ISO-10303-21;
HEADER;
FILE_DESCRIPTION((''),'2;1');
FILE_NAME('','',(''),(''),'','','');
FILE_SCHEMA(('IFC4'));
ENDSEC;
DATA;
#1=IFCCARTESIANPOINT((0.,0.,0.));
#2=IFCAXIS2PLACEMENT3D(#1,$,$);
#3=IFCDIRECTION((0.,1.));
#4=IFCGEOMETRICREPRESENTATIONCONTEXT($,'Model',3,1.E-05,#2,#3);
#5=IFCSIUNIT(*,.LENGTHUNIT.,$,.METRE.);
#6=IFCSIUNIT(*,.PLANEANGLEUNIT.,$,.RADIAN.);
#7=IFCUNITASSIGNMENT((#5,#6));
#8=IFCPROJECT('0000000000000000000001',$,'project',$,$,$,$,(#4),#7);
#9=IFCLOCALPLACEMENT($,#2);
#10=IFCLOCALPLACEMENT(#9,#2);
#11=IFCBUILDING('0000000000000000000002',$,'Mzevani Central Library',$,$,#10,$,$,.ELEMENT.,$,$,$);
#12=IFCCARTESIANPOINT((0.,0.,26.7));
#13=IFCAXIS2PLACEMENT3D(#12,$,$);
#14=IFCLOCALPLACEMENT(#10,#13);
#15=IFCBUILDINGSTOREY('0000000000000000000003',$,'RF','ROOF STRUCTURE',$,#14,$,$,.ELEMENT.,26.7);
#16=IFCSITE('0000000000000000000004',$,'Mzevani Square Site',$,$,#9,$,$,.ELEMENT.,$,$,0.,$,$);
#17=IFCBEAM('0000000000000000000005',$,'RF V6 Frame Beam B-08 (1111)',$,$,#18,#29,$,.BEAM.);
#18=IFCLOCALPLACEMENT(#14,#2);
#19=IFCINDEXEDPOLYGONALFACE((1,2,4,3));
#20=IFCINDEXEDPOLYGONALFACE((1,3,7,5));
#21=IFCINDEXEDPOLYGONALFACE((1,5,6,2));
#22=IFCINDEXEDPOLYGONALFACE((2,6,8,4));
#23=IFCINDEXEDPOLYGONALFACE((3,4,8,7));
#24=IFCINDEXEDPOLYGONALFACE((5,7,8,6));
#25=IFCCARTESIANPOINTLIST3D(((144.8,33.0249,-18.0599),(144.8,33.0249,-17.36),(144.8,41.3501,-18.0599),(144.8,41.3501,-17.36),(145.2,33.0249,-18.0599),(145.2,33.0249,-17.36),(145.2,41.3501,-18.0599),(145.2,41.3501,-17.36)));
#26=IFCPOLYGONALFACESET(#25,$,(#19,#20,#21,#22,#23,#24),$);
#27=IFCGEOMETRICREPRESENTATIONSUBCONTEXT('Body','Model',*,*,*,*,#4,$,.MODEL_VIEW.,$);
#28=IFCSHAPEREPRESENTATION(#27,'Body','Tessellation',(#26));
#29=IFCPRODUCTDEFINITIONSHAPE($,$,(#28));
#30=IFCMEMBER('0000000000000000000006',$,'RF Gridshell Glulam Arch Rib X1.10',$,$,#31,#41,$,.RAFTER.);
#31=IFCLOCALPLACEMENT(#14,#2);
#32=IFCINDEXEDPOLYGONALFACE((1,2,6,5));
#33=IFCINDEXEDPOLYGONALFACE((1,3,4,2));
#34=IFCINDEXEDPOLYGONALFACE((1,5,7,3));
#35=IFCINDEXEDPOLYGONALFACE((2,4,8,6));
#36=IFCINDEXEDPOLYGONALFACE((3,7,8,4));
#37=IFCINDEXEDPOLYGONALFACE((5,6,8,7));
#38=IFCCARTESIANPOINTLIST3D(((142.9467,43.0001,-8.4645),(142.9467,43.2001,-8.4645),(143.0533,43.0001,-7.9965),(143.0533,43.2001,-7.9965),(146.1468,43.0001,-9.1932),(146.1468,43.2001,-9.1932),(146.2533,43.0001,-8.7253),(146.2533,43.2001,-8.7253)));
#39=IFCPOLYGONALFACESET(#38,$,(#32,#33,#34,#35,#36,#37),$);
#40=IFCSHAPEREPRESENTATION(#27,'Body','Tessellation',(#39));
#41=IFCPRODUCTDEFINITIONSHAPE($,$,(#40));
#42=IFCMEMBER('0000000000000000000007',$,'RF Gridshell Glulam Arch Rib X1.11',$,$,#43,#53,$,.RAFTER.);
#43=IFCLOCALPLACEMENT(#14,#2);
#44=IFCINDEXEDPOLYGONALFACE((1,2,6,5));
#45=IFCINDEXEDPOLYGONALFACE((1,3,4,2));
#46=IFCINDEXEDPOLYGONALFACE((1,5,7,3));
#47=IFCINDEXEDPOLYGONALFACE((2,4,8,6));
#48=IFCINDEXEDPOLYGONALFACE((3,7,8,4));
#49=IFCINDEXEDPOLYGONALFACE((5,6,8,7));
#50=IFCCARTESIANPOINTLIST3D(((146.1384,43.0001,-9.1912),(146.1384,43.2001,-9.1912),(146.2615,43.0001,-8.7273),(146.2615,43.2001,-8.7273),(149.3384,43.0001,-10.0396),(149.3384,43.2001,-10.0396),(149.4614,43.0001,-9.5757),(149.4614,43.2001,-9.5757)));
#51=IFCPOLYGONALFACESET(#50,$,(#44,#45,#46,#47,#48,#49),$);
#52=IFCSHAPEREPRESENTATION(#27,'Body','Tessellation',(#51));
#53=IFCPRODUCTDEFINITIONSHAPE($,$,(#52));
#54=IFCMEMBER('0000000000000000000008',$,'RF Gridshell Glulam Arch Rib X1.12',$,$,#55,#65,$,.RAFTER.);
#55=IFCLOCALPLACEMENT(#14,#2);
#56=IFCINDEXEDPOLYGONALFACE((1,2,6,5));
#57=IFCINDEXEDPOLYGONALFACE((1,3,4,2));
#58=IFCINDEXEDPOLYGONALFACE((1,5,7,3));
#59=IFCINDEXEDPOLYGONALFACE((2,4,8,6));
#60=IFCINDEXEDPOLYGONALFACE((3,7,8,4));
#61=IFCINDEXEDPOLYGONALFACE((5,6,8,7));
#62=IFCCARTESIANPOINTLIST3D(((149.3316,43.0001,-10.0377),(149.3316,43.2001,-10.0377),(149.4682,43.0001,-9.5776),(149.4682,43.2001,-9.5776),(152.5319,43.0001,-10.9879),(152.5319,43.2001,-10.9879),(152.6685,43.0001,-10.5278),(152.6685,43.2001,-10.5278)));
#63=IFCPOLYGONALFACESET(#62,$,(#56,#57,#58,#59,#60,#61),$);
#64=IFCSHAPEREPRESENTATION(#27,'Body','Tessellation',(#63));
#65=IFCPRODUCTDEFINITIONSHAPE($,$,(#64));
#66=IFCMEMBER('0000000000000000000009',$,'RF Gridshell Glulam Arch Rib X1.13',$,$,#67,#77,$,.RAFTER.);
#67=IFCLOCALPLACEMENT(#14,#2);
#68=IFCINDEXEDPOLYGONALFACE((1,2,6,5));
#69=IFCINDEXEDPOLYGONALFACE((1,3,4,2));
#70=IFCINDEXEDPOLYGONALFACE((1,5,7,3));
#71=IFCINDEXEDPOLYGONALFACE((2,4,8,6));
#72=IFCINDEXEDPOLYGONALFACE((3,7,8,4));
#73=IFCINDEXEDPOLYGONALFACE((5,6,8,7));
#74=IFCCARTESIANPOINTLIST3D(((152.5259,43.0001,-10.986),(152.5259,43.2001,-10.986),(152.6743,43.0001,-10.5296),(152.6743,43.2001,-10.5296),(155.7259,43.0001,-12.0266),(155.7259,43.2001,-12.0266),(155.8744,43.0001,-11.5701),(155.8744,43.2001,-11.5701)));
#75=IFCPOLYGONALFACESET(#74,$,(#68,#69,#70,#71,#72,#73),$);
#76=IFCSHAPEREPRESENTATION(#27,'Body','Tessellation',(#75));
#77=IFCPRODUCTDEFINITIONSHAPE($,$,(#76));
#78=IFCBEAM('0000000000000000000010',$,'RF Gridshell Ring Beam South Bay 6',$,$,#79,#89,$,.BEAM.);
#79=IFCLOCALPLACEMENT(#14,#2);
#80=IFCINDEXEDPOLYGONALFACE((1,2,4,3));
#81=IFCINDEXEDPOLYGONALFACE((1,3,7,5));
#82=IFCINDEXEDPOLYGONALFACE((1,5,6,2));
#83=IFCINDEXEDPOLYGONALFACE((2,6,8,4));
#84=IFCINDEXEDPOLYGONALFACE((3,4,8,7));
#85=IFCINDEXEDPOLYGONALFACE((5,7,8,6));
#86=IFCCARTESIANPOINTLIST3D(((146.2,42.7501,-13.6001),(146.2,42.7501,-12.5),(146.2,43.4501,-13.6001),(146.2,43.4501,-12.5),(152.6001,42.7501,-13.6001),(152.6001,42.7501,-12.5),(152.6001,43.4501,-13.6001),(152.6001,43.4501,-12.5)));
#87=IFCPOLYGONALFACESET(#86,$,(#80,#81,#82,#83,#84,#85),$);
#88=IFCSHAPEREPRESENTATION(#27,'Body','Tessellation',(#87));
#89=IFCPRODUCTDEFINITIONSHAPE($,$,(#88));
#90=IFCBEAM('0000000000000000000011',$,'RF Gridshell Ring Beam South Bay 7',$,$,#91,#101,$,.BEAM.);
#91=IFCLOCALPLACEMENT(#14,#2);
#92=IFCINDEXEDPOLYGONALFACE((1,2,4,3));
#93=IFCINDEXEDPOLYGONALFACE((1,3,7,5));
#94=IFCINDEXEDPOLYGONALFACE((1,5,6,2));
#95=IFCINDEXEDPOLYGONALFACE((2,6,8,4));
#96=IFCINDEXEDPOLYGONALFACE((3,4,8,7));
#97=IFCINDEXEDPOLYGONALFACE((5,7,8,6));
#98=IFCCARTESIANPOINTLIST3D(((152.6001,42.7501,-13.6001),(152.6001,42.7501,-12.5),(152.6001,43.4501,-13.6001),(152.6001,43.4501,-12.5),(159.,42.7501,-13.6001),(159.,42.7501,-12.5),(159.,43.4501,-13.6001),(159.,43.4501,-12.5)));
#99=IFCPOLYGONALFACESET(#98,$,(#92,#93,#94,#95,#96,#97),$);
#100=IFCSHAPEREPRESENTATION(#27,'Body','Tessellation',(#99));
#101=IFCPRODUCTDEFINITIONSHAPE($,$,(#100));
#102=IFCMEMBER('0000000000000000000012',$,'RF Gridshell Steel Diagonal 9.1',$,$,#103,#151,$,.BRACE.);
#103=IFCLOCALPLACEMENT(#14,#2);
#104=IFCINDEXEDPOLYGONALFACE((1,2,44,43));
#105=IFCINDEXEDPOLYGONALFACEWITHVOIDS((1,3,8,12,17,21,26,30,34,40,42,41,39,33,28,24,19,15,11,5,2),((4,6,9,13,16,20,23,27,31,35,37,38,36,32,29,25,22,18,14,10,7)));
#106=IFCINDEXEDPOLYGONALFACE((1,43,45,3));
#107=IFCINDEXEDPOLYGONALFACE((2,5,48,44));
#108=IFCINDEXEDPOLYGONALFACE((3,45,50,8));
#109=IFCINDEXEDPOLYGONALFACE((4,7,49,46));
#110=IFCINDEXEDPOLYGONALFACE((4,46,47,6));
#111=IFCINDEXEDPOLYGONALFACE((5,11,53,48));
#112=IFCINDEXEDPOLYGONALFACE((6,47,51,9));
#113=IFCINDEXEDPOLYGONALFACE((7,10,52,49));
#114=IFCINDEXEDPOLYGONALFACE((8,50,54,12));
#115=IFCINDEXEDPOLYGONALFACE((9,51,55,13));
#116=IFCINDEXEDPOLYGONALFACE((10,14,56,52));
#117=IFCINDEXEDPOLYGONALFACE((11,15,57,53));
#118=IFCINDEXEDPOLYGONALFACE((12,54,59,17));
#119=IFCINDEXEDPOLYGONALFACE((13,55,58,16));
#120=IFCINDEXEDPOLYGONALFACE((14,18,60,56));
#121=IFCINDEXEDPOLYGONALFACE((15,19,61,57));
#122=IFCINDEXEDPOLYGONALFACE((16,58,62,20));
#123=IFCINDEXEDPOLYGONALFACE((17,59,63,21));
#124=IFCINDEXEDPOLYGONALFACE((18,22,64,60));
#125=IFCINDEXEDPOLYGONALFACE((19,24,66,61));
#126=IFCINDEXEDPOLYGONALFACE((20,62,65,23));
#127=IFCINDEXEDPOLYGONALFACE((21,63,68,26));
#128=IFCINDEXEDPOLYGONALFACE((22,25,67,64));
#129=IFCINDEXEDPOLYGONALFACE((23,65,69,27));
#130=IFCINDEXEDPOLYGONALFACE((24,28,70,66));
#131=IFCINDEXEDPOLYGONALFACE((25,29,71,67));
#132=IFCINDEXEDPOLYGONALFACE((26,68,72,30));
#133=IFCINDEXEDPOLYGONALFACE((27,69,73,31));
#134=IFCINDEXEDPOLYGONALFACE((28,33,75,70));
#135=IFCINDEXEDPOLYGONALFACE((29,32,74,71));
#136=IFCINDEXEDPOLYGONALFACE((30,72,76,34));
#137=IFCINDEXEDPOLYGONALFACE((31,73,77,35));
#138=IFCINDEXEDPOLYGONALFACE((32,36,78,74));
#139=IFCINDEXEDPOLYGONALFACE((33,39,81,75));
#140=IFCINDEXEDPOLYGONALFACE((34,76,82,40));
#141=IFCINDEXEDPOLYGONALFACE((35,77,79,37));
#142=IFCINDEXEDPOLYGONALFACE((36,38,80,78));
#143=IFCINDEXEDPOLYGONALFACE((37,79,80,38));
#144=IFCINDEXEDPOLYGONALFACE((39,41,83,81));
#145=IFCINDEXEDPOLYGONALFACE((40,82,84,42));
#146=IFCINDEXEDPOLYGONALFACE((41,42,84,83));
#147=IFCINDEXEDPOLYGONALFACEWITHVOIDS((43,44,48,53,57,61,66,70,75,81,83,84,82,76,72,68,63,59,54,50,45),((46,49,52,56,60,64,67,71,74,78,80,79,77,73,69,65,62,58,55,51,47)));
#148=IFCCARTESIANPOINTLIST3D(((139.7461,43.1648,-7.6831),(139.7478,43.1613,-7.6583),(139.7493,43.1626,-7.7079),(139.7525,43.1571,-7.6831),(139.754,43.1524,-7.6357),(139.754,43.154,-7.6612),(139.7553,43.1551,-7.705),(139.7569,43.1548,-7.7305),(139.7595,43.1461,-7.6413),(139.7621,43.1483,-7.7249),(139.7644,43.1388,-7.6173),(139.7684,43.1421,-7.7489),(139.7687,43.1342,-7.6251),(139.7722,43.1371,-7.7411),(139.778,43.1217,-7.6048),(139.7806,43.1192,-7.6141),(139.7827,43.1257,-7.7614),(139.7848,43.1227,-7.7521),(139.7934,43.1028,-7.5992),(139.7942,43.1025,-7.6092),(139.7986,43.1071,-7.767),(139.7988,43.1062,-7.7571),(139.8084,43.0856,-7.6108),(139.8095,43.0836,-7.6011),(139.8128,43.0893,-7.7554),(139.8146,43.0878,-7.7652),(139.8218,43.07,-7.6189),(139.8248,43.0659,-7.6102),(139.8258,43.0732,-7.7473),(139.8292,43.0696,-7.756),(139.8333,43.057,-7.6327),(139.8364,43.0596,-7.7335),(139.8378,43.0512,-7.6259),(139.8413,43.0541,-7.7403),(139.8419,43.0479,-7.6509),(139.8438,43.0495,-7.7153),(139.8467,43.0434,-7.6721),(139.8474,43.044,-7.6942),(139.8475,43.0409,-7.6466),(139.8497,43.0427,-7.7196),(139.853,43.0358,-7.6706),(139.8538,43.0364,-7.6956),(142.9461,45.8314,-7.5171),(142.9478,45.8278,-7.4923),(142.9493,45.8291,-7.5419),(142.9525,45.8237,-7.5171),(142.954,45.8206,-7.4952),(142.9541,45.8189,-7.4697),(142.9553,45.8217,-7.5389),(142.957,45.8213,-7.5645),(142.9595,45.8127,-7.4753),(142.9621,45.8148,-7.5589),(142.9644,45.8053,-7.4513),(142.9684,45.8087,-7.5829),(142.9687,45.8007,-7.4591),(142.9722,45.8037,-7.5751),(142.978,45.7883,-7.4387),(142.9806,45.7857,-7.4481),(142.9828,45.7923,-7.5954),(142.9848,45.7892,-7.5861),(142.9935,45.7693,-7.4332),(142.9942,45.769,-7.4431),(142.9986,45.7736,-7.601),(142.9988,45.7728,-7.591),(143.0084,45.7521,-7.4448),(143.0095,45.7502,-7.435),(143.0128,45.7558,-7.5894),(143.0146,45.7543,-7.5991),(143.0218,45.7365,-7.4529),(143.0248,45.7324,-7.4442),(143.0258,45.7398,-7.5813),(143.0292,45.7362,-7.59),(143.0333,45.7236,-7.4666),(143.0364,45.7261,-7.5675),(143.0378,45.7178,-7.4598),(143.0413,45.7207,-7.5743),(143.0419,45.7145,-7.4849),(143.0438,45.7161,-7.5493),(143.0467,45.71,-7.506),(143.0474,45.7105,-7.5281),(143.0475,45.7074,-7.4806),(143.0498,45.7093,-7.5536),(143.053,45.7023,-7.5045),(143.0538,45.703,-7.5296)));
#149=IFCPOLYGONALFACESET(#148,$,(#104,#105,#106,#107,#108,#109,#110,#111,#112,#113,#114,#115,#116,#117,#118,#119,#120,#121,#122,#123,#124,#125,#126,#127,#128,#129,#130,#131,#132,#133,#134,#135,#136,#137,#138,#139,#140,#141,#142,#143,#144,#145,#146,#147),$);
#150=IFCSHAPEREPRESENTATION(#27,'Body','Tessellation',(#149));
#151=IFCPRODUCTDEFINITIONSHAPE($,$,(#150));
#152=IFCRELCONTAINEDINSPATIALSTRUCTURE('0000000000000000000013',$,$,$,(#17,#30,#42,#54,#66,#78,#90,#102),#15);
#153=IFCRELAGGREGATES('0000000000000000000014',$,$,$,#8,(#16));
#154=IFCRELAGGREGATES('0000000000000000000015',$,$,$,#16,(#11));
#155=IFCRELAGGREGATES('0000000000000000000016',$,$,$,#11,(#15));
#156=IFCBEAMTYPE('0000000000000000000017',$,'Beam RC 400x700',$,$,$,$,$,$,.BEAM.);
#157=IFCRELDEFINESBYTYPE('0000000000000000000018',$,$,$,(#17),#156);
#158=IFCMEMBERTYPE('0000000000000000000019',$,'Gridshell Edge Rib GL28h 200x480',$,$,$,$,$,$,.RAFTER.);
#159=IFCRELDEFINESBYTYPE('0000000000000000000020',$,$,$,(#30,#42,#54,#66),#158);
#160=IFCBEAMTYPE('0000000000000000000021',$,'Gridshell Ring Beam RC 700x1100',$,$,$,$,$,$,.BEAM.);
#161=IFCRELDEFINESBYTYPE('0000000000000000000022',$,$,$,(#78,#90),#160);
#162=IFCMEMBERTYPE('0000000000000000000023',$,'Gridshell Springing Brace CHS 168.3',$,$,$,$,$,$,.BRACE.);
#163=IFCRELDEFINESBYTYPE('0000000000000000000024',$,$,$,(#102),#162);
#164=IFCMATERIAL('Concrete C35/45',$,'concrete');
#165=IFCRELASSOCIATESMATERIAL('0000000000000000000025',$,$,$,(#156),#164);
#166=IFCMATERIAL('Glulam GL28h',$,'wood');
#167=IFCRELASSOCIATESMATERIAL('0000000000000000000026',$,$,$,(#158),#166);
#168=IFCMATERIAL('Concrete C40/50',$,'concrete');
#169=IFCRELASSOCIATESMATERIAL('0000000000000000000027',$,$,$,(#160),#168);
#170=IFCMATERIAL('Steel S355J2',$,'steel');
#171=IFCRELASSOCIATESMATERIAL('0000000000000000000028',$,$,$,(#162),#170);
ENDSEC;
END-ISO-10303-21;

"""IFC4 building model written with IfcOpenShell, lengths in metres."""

from ifc_helpers import new_model, si_unit, direction, frame, origin, origin_2d, place, context, subcontext, project, spatial, rectangle, hollow_circle, extrude, material, material_profile, profile_set, type_object, element, save


model = new_model("IFC4")

# Units and contexts
model_context = context("Model", 3, precision=1e-05, world=origin(), true_north=direction((0.0, 1.0)))
body_context = subcontext(model_context, "Body", "Model", "MODEL_VIEW")
ifc_project = project(units=[si_unit("LENGTHUNIT", "METRE"), si_unit("PLANEANGLEUNIT", "RADIAN")], contexts=[model_context])

# Site, building, storey
site_placement = place(None, origin())
site = spatial("IfcSite", under=ifc_project, at=site_placement, Name="Mzevani Square Site", CompositionType="ELEMENT", RefElevation=0.0)
building_placement = place(site_placement, origin())
building = spatial("IfcBuilding", under=site, at=building_placement, Name="Mzevani Central Library", CompositionType="ELEMENT")
storey_placement = place(building_placement, frame((0.0, 0.0, 26.7)))
storey = spatial("IfcBuildingStorey", under=building, at=storey_placement, Name="RF", Description="ROOF STRUCTURE", CompositionType="ELEMENT", Elevation=26.7)

# Beam
ifc_material_1 = material(Name="Concrete C35/45", Category="concrete")
ifc_material_profile_1 = material_profile(ifc_material_1, rectangle(XDim=0.3999, YDim=0.7, at=origin_2d()), Name="RC B400x700")
ifc_profile_set_1 = profile_set([ifc_material_profile_1], Name="Concrete C35/45")
beam_type_1 = type_object("IfcBeamType", Name="Beam RC 400x700", PredefinedType="BEAM", material=ifc_profile_set_1)
beam_1_placement = place(storey_placement, frame((145.0, 33.0249, -17.71), z_axis=(0.0, 1.0, 0.0), x_axis=(-1.0, 0.0, 0.0)))
element("IfcBeam", 1, at=beam_1_placement, inside=storey, type_object=beam_type_1, Name="RF V6 Frame Beam B-08 (1111)", PredefinedType="BEAM", context=body_context, shape_type="SweptSolid", body=[
    extrude(rectangle(XDim=0.3999, YDim=0.7, at=origin_2d()), origin(), (0.0, 0.0, 1.0), 8.3252),
])

# Members
ifc_material_2 = material(Name="Glulam GL28h", Category="wood")
ifc_material_profile_2 = material_profile(ifc_material_2, rectangle(XDim=0.2, YDim=0.48, at=origin_2d()), Name="GL28h 200x480")
ifc_profile_set_2 = profile_set([ifc_material_profile_2], Name="Glulam GL28h")
member_type_1 = type_object("IfcMemberType", Name="Gridshell Edge Rib GL28h 200x480", PredefinedType="RAFTER", material=ifc_profile_set_2)
member_1_placement = place(storey_placement, frame((143.0, 43.1001, -8.2305), z_axis=(0.975034, 0.0, -0.222055), x_axis=(0.0, 1.0, 0.0)))
element("IfcMember", 2, at=member_1_placement, inside=storey, type_object=member_type_1, Name="RF Gridshell Glulam Arch Rib X1.10", PredefinedType="RAFTER", context=body_context, shape_type="SweptSolid", body=[
    extrude(rectangle(XDim=0.2, YDim=0.48, at=origin_2d()), origin(), (0.0, 0.0, 1.0), 3.282),
])
member_2_placement = place(storey_placement, frame((146.2, 43.1001, -8.9592), z_axis=(0.966605, 0.0, -0.256272), x_axis=(0.0, 1.0, 0.0)))
element("IfcMember", 3, at=member_2_placement, inside=storey, type_object=member_type_1, Name="RF Gridshell Glulam Arch Rib X1.11", PredefinedType="RAFTER", context=body_context, shape_type="SweptSolid", body=[
    extrude(rectangle(XDim=0.2, YDim=0.48, at=origin_2d()), origin(), (0.0, 0.0, 1.0), 3.3105),
])
member_3_placement = place(storey_placement, frame((149.3999, 43.1001, -9.8076), z_axis=(0.958636, 0.0, -0.284636), x_axis=(0.0, 1.0, 0.0)))
element("IfcMember", 4, at=member_3_placement, inside=storey, type_object=member_type_1, Name="RF Gridshell Glulam Arch Rib X1.12", PredefinedType="RAFTER", context=body_context, shape_type="SweptSolid", body=[
    extrude(rectangle(XDim=0.2, YDim=0.48, at=origin_2d()), origin(), (0.0, 0.0, 1.0), 3.3384),
])
member_4_placement = place(storey_placement, frame((152.6001, 43.1001, -10.7578), z_axis=(0.950987, 0.0, -0.309232), x_axis=(0.0, 1.0, 0.0)))
element("IfcMember", 5, at=member_4_placement, inside=storey, type_object=member_type_1, Name="RF Gridshell Glulam Arch Rib X1.13", PredefinedType="RAFTER", context=body_context, shape_type="SweptSolid", body=[
    extrude(rectangle(XDim=0.2, YDim=0.48, at=origin_2d()), origin(), (0.0, 0.0, 1.0), 3.365),
])

# Beams
ifc_material_3 = material(Name="Concrete C40/50", Category="concrete")
ifc_material_profile_3 = material_profile(ifc_material_3, rectangle(XDim=0.7, YDim=1.1001, at=origin_2d()), Name="RC RB700x1100")
ifc_profile_set_3 = profile_set([ifc_material_profile_3], Name="Concrete C40/50")
beam_type_2 = type_object("IfcBeamType", Name="Gridshell Ring Beam RC 700x1100", PredefinedType="BEAM", material=ifc_profile_set_3)
beam_2_placement = place(storey_placement, frame((146.2, 43.1001, -13.05), z_axis=(1.0, 0.0, 0.0), x_axis=(0.0, 1.0, 0.0)))
element("IfcBeam", 6, at=beam_2_placement, inside=storey, type_object=beam_type_2, Name="RF Gridshell Ring Beam South Bay 6", PredefinedType="BEAM", context=body_context, shape_type="SweptSolid", body=[
    extrude(rectangle(XDim=0.7, YDim=1.1001, at=origin_2d()), origin(), (0.0, 0.0, 1.0), 6.4001),
])
beam_3_placement = place(storey_placement, frame((152.6001, 43.1001, -13.05), z_axis=(1.0, 0.0, 0.0), x_axis=(0.0, 1.0, 0.0)))
element("IfcBeam", 7, at=beam_3_placement, inside=storey, type_object=beam_type_2, Name="RF Gridshell Ring Beam South Bay 7", PredefinedType="BEAM", context=body_context, shape_type="SweptSolid", body=[
    extrude(rectangle(XDim=0.7, YDim=1.1001, at=origin_2d()), origin(), (0.0, 0.0, 1.0), 6.3999),
])

# Member
ifc_material_4 = material(Name="Steel S355J2", Category="steel")
ifc_material_profile_4 = material_profile(ifc_material_4, hollow_circle(Radius=0.0842, WallThickness=0.01, at=origin_2d()), Name="CHS 168.3x10.0")
ifc_profile_set_4 = profile_set([ifc_material_profile_4], Name="Steel S355J2")
member_type_2 = type_object("IfcMemberType", Name="Gridshell Springing Brace CHS 168.3", PredefinedType="BRACE", material=ifc_profile_set_4)
member_5_placement = place(storey_placement, frame((139.8, 43.1001, -7.6831), z_axis=(0.767626, 0.639659, 0.039825), x_axis=(-0.640167, 0.768236, 0.0)))
element("IfcMember", 8, at=member_5_placement, inside=storey, type_object=member_type_2, Name="RF Gridshell Steel Diagonal 9.1", PredefinedType="BRACE", context=body_context, shape_type="SweptSolid", body=[
    extrude(hollow_circle(Radius=0.0842, WallThickness=0.01, at=origin_2d()), origin(), (0.0, 0.0, 1.0), 4.1687),
])

save(model, "model.ifc")
